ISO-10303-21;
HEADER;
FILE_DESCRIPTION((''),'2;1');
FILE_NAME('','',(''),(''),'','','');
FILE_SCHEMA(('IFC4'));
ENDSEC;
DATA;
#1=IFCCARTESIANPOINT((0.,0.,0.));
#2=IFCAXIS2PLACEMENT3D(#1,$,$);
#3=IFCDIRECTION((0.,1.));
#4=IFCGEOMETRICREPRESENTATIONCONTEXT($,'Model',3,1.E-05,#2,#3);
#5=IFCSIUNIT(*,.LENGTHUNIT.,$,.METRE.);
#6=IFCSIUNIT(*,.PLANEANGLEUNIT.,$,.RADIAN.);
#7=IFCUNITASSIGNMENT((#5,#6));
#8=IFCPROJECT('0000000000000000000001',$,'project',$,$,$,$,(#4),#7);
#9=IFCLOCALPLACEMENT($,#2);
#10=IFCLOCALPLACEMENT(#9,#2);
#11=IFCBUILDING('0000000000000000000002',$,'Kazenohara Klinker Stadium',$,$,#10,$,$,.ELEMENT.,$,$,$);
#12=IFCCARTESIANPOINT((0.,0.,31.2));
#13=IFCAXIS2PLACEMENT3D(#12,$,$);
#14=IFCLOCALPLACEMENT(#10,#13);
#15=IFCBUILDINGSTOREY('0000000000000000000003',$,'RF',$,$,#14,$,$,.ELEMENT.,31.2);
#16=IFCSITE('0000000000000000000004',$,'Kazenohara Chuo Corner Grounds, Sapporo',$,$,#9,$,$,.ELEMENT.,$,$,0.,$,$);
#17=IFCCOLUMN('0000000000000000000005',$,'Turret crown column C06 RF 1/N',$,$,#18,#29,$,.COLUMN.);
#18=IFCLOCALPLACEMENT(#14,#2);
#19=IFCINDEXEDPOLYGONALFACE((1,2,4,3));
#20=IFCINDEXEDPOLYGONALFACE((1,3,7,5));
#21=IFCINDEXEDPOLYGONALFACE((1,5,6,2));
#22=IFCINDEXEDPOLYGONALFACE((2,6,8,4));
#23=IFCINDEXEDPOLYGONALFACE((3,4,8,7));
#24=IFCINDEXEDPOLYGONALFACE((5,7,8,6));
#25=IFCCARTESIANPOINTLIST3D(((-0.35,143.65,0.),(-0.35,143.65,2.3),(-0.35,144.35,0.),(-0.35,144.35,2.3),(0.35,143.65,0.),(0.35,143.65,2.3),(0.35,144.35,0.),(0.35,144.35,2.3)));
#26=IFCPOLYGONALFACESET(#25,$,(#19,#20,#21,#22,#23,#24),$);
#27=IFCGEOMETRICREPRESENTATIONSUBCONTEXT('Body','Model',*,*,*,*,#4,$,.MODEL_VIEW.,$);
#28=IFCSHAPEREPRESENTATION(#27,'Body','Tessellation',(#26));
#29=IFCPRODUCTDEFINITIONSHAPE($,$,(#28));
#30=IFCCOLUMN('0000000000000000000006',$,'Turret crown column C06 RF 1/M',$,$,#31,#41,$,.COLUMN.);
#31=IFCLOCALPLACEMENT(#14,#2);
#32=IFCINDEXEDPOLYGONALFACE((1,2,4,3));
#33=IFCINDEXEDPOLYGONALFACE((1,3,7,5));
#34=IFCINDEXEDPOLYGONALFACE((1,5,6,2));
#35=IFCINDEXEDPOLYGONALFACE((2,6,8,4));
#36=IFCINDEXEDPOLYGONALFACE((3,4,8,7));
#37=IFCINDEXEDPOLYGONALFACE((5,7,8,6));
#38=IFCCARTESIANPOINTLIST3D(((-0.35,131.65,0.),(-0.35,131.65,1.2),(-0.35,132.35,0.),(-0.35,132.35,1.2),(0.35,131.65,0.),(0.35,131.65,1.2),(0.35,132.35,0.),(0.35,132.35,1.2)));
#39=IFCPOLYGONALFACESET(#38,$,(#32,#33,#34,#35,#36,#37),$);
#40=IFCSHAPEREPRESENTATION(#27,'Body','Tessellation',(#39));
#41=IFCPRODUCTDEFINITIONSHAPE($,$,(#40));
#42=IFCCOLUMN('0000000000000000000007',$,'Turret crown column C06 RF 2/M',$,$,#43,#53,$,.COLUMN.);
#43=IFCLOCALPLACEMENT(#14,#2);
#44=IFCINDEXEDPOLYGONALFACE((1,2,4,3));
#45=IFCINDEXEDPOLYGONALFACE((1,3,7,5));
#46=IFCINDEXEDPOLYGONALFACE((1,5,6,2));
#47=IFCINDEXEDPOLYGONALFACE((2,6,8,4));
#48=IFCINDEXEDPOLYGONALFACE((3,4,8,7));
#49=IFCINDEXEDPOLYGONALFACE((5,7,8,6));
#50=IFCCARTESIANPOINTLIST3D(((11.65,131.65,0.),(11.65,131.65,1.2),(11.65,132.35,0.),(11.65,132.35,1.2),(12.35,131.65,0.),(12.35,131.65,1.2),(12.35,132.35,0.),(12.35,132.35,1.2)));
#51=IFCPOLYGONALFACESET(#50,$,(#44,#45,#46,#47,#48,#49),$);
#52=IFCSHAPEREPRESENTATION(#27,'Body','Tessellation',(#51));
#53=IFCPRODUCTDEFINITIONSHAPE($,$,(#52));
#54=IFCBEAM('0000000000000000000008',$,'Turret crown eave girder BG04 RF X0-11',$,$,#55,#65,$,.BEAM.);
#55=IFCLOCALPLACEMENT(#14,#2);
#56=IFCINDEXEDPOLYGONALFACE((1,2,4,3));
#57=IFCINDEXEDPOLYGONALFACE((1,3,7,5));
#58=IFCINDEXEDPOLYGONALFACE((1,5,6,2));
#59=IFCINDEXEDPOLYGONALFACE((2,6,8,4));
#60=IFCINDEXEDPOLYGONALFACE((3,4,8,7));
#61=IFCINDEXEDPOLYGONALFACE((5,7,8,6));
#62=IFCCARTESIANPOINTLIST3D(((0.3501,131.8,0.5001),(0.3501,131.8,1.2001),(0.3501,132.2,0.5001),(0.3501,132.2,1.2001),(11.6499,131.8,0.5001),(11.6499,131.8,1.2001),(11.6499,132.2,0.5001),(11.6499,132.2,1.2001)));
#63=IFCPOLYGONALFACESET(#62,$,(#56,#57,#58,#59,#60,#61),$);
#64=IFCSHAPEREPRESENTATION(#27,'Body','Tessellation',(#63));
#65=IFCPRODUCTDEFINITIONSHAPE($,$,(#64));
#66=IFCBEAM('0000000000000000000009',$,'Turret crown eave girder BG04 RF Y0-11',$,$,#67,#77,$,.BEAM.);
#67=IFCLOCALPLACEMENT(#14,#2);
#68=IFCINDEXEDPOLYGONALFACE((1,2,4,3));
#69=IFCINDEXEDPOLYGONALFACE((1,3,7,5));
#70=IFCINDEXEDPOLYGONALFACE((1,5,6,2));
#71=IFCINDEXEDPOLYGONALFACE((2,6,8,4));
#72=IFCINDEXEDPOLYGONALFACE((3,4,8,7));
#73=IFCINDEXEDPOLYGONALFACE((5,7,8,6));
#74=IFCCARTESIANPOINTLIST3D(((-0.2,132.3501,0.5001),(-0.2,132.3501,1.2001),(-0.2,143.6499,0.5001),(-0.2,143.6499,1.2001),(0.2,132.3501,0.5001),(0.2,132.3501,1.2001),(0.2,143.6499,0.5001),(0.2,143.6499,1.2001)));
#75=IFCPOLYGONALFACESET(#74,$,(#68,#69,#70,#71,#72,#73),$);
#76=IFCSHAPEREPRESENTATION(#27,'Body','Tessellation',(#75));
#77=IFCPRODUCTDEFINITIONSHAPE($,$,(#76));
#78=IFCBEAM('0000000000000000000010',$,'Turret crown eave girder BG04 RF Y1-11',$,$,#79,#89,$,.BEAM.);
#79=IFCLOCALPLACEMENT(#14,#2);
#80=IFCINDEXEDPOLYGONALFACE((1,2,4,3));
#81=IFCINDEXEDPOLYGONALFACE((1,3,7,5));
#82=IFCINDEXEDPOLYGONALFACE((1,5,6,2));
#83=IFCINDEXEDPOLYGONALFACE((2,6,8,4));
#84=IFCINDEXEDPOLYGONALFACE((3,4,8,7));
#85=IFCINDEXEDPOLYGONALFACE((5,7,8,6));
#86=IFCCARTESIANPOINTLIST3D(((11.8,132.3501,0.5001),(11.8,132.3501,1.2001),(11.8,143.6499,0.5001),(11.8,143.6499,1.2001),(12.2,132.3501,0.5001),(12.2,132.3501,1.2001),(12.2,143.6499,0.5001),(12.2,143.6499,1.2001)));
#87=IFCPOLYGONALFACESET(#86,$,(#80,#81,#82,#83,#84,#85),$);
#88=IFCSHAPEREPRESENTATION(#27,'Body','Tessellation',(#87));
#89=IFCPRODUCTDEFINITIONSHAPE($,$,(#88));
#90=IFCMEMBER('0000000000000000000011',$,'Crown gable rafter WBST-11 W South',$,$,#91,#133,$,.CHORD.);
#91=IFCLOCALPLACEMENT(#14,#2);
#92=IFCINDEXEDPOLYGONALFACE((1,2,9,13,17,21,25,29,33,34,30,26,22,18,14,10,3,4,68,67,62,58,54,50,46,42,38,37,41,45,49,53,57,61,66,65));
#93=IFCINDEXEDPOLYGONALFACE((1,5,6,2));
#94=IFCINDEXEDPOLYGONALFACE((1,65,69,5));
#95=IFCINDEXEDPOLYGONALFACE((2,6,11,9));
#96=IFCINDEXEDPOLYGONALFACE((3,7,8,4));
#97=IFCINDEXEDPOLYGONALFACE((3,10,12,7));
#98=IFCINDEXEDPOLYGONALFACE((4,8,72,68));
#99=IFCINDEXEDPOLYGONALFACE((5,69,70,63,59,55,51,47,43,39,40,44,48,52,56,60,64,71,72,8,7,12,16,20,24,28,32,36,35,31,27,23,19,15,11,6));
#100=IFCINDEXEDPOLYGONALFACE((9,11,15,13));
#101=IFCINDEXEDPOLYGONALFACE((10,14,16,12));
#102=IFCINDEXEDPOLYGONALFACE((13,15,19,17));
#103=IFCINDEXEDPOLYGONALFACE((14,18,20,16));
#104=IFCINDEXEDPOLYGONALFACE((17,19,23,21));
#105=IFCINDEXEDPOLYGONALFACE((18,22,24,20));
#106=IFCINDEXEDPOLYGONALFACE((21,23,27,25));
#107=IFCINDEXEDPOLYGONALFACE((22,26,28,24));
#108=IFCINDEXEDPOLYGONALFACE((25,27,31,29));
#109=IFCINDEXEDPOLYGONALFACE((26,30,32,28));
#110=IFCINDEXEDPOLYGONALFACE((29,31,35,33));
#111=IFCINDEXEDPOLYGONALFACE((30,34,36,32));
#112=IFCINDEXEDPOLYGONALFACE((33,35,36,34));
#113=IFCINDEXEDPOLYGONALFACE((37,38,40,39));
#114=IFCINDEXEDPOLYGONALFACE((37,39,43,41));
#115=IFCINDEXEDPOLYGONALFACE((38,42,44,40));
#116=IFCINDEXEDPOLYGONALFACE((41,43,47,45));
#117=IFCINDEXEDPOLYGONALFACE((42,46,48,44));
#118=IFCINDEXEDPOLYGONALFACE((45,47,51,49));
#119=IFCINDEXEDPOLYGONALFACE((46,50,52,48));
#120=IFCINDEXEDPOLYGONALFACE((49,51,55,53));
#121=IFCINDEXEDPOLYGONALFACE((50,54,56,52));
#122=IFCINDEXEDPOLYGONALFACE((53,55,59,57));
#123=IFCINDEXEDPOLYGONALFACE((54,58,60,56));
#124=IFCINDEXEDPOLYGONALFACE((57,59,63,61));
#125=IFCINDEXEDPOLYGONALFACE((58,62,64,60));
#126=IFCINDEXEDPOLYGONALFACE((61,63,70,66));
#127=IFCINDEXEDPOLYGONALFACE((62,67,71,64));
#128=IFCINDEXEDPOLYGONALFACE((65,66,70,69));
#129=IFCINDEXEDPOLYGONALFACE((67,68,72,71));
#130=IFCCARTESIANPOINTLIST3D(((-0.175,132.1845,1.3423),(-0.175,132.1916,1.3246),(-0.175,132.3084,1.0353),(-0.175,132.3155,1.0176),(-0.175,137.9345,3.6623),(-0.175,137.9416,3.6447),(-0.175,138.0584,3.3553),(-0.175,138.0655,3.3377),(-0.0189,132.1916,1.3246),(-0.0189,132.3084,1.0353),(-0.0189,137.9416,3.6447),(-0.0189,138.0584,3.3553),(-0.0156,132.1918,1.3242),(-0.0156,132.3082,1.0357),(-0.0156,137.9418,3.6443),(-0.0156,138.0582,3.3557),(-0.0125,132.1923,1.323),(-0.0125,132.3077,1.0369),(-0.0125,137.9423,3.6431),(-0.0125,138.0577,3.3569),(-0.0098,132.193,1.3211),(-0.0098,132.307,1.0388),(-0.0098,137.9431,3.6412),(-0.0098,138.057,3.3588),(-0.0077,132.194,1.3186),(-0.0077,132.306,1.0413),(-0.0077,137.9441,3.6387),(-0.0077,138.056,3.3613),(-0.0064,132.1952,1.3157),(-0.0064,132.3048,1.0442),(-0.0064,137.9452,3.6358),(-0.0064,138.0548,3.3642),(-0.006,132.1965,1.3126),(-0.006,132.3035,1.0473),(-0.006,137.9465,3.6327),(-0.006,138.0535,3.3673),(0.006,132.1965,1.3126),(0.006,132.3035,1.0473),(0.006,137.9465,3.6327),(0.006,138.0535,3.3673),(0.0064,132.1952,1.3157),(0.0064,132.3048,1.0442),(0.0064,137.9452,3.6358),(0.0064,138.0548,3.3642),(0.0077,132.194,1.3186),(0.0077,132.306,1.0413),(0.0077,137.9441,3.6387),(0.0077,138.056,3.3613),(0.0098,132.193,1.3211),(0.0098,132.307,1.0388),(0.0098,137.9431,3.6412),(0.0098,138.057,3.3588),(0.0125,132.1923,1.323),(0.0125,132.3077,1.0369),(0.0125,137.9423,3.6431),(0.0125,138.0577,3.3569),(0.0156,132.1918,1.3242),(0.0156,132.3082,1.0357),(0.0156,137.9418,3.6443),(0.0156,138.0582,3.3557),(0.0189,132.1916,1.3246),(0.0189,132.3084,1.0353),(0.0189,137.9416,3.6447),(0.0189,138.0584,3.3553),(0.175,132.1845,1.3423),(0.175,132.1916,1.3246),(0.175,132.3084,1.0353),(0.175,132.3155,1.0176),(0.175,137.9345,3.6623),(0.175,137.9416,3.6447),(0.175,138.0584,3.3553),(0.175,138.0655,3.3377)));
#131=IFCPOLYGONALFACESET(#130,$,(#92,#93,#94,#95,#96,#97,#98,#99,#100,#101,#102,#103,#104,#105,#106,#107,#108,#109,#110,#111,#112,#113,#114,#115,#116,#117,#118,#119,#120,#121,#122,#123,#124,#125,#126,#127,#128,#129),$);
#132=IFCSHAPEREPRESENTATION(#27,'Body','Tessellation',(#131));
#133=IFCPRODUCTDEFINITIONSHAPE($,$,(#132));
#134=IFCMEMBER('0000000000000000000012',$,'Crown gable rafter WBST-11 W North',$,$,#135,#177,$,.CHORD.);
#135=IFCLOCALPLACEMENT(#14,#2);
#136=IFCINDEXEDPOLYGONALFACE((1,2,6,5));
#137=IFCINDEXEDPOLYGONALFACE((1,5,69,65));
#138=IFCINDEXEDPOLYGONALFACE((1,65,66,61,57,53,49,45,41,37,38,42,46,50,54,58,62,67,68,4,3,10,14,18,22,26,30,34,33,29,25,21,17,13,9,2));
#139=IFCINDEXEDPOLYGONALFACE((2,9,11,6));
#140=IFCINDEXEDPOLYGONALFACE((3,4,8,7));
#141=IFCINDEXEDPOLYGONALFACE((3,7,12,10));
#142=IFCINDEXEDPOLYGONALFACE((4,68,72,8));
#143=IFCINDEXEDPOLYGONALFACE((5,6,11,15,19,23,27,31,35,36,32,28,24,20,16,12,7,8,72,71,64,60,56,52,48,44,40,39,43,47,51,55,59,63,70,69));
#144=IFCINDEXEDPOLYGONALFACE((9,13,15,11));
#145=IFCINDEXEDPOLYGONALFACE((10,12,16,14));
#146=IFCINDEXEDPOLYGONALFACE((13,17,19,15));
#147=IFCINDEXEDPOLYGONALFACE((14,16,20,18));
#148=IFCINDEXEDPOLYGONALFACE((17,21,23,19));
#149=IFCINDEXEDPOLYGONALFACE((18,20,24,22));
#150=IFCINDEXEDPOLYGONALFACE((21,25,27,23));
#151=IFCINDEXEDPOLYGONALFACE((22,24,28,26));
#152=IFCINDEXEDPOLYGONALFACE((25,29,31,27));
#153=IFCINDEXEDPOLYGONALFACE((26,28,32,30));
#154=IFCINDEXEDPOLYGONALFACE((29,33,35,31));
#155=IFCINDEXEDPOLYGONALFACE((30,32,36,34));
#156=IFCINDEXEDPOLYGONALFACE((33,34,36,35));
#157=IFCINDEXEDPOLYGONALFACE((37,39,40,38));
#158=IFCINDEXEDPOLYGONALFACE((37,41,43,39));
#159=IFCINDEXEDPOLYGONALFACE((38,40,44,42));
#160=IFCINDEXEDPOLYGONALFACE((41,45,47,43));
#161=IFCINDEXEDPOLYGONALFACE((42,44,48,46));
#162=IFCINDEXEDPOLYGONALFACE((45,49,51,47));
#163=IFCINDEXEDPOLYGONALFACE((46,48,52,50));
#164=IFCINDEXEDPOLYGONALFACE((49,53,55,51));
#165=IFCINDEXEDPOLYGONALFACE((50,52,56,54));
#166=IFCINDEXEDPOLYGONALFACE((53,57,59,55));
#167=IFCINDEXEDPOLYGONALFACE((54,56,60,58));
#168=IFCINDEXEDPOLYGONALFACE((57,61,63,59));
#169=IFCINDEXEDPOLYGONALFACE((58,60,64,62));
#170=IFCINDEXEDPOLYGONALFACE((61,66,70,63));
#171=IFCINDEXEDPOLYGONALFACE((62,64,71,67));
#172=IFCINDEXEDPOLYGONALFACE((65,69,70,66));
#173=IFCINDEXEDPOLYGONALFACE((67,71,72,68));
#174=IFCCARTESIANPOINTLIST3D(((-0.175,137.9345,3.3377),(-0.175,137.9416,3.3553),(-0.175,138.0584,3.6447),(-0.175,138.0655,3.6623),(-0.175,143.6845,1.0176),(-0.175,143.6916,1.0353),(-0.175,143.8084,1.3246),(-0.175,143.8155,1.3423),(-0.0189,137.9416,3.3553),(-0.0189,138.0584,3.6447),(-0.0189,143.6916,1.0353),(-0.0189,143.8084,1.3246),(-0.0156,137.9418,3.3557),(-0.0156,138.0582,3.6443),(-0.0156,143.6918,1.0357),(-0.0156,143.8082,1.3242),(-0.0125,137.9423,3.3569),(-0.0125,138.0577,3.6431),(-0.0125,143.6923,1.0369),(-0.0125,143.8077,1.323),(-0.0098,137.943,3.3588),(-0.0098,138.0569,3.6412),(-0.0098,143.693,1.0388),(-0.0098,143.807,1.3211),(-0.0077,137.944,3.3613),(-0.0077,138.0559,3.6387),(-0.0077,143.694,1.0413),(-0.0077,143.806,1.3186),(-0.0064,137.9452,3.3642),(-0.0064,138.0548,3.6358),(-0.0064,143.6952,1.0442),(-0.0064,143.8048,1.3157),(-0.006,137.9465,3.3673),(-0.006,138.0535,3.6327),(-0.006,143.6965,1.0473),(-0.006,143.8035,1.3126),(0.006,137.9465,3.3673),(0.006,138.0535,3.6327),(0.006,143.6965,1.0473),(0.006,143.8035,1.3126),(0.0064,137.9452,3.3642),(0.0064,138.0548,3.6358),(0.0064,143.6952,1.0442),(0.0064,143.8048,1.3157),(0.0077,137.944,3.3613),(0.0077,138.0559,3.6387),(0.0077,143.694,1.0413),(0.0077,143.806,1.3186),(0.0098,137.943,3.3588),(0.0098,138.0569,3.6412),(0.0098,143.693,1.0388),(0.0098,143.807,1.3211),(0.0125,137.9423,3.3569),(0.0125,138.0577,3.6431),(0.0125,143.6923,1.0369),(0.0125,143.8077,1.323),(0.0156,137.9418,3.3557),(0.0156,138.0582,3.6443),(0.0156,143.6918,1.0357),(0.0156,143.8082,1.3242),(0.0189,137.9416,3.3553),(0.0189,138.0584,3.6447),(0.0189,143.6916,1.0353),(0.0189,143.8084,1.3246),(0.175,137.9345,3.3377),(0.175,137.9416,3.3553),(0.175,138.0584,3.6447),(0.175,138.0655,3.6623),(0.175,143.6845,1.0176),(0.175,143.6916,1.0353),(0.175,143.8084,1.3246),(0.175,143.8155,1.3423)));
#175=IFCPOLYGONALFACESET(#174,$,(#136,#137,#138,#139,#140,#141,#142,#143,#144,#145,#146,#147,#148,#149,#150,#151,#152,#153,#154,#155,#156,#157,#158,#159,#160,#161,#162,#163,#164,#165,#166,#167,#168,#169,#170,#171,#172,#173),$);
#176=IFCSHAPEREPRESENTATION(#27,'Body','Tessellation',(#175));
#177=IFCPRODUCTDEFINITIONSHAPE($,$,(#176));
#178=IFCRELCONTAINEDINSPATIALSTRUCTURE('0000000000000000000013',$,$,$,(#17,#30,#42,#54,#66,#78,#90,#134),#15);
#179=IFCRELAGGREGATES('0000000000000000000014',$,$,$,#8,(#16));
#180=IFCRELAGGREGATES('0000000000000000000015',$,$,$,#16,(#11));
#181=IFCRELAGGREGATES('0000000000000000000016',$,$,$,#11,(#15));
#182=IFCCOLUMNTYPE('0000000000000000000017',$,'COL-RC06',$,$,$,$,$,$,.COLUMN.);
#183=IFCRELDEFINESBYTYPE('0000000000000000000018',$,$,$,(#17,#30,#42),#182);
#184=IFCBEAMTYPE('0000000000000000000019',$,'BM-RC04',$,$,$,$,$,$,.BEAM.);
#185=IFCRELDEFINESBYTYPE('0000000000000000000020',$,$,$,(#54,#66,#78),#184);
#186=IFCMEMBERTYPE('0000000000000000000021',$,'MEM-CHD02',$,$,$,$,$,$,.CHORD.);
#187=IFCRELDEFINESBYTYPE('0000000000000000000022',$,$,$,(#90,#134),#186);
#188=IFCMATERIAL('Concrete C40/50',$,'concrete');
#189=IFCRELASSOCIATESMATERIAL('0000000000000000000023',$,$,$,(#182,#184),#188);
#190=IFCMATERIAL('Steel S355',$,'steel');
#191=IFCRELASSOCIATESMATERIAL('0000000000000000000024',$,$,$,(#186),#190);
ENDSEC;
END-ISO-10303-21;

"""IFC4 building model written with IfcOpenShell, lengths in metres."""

from ifc_helpers import new_model, si_unit, direction, frame, origin, origin_2d, place, context, subcontext, project, spatial, rectangle, i_section, extrude, material, material_profile, profile_set, type_object, element, save


model = new_model("IFC4")

# Units and contexts
model_context = context("Model", 3, precision=1e-05, world=origin(), true_north=direction((0.0, 1.0)))
body_context = subcontext(model_context, "Body", "Model", "MODEL_VIEW")
ifc_project = project(units=[si_unit("LENGTHUNIT", "METRE"), si_unit("PLANEANGLEUNIT", "RADIAN")], contexts=[model_context])

# Site, building, storey
site_placement = place(None, origin())
site = spatial("IfcSite", under=ifc_project, at=site_placement, Name="Kazenohara Chuo Corner Grounds, Sapporo", CompositionType="ELEMENT", RefElevation=0.0)
building_placement = place(site_placement, origin())
building = spatial("IfcBuilding", under=site, at=building_placement, Name="Kazenohara Klinker Stadium", CompositionType="ELEMENT")
storey_placement = place(building_placement, frame((0.0, 0.0, 31.2)))
storey = spatial("IfcBuildingStorey", under=building, at=storey_placement, Name="RF", CompositionType="ELEMENT", Elevation=31.2)

# Columns
ifc_material_1 = material(Name="Concrete C40/50", Category="concrete")
ifc_material_profile_1 = material_profile(ifc_material_1, rectangle(XDim=0.7, YDim=0.7, at=origin_2d()), Name="RC-COL-700x700")
ifc_profile_set_1 = profile_set([ifc_material_profile_1], Name="Concrete C40/50")
column_type = type_object("IfcColumnType", Name="COL-RC06", PredefinedType="COLUMN", material=ifc_profile_set_1)
column_placement = place(storey_placement, frame((0.0, 144.0, 0.0), z_axis=(0.0, 0.0, 1.0), x_axis=(1.0, 0.0, 0.0)))
element("IfcColumn", 1, at=column_placement, inside=storey, type_object=column_type, Name="Turret crown column C06 RF 1/N", PredefinedType="COLUMN", context=body_context, shape_type="SweptSolid", body=[
    extrude(rectangle(XDim=0.7, YDim=0.7, at=origin_2d()), origin(), (0.0, 0.0, 1.0), 2.3),
])
for number, where, z_axis, x_axis, name in (
    (2, (0.0, 132.0, 0.0), (0.0, 0.0, 1.0), (1.0, 0.0, 0.0), "Turret crown column C06 RF 1/M"),
    (3, (12.0, 132.0, 0.0), (0.0, 0.0, 1.0), (1.0, 0.0, 0.0), "Turret crown column C06 RF 2/M"),
):
    element("IfcColumn", number, at=place(storey_placement, frame(where, z_axis=z_axis, x_axis=x_axis)), inside=storey, type_object=column_type, Name=name, PredefinedType="COLUMN", context=body_context, shape_type="SweptSolid", body=[
        extrude(rectangle(XDim=0.7, YDim=0.7, at=origin_2d()), origin(), (0.0, 0.0, 1.0), 1.2),
    ])

# Beams
ifc_material_profile_2 = material_profile(ifc_material_1, rectangle(XDim=0.3999, YDim=0.7, at=origin_2d()), Name="RC-BM-400x700")
ifc_profile_set_2 = profile_set([ifc_material_profile_2], Name="Concrete C40/50")
beam_type = type_object("IfcBeamType", Name="BM-RC04", PredefinedType="BEAM", material=ifc_profile_set_2)
for number, where, z_axis, x_axis, name in (
    (4, (0.3501, 132.0, 0.8501), (1.0, 0.0, 0.0), (0.0, 1.0, 0.0), "Turret crown eave girder BG04 RF X0-11"),
    (5, (0.0, 132.3501, 0.8501), (0.0, 1.0, 0.0), (-1.0, 0.0, 0.0), "Turret crown eave girder BG04 RF Y0-11"),
    (6, (12.0, 132.3501, 0.8501), (0.0, 1.0, 0.0), (-1.0, 0.0, 0.0), "Turret crown eave girder BG04 RF Y1-11"),
):
    element("IfcBeam", number, at=place(storey_placement, frame(where, z_axis=z_axis, x_axis=x_axis)), inside=storey, type_object=beam_type, Name=name, PredefinedType="BEAM", context=body_context, shape_type="SweptSolid", body=[
        extrude(rectangle(XDim=0.3999, YDim=0.7, at=origin_2d()), origin(), (0.0, 0.0, 1.0), 11.2998),
    ])

# Members
ifc_material_2 = material(Name="Steel S355", Category="steel")
ifc_material_profile_3 = material_profile(ifc_material_2, i_section(OverallWidth=0.3501, OverallDepth=0.3501, WebThickness=0.012, FlangeThickness=0.019, FilletRadius=0.0129, at=origin_2d()), Name="H-350x350x12x19")
ifc_profile_set_3 = profile_set([ifc_material_profile_3], Name="Steel S355")
member_type_1 = type_object("IfcMemberType", Name="MEM-CHD02", PredefinedType="CHORD", material=ifc_profile_set_3)
for number, where, z_axis, x_axis, name in (
    (7, (0.0, 132.25, 1.1799), (0.0, 0.927356, 0.374179), (-1.0, 0.0, 0.0), "Crown gable rafter WBST-11 W South"),
    (8, (0.0, 143.75, 1.1799), (0.0, -0.927356, 0.374179), (1.0, 0.0, 0.0), "Crown gable rafter WBST-11 W North"),
):
    element("IfcMember", number, at=place(storey_placement, frame(where, z_axis=z_axis, x_axis=x_axis)), inside=storey, type_object=member_type_1, Name=name, PredefinedType="CHORD", context=body_context, shape_type="SweptSolid", body=[
        extrude(i_section(OverallWidth=0.3501, OverallDepth=0.3501, WebThickness=0.012, FlangeThickness=0.019, FilletRadius=0.0129, at=origin_2d()), origin(), (0.0, 0.0, 1.0), 6.2004),
    ])

save(model, "model.ifc")
